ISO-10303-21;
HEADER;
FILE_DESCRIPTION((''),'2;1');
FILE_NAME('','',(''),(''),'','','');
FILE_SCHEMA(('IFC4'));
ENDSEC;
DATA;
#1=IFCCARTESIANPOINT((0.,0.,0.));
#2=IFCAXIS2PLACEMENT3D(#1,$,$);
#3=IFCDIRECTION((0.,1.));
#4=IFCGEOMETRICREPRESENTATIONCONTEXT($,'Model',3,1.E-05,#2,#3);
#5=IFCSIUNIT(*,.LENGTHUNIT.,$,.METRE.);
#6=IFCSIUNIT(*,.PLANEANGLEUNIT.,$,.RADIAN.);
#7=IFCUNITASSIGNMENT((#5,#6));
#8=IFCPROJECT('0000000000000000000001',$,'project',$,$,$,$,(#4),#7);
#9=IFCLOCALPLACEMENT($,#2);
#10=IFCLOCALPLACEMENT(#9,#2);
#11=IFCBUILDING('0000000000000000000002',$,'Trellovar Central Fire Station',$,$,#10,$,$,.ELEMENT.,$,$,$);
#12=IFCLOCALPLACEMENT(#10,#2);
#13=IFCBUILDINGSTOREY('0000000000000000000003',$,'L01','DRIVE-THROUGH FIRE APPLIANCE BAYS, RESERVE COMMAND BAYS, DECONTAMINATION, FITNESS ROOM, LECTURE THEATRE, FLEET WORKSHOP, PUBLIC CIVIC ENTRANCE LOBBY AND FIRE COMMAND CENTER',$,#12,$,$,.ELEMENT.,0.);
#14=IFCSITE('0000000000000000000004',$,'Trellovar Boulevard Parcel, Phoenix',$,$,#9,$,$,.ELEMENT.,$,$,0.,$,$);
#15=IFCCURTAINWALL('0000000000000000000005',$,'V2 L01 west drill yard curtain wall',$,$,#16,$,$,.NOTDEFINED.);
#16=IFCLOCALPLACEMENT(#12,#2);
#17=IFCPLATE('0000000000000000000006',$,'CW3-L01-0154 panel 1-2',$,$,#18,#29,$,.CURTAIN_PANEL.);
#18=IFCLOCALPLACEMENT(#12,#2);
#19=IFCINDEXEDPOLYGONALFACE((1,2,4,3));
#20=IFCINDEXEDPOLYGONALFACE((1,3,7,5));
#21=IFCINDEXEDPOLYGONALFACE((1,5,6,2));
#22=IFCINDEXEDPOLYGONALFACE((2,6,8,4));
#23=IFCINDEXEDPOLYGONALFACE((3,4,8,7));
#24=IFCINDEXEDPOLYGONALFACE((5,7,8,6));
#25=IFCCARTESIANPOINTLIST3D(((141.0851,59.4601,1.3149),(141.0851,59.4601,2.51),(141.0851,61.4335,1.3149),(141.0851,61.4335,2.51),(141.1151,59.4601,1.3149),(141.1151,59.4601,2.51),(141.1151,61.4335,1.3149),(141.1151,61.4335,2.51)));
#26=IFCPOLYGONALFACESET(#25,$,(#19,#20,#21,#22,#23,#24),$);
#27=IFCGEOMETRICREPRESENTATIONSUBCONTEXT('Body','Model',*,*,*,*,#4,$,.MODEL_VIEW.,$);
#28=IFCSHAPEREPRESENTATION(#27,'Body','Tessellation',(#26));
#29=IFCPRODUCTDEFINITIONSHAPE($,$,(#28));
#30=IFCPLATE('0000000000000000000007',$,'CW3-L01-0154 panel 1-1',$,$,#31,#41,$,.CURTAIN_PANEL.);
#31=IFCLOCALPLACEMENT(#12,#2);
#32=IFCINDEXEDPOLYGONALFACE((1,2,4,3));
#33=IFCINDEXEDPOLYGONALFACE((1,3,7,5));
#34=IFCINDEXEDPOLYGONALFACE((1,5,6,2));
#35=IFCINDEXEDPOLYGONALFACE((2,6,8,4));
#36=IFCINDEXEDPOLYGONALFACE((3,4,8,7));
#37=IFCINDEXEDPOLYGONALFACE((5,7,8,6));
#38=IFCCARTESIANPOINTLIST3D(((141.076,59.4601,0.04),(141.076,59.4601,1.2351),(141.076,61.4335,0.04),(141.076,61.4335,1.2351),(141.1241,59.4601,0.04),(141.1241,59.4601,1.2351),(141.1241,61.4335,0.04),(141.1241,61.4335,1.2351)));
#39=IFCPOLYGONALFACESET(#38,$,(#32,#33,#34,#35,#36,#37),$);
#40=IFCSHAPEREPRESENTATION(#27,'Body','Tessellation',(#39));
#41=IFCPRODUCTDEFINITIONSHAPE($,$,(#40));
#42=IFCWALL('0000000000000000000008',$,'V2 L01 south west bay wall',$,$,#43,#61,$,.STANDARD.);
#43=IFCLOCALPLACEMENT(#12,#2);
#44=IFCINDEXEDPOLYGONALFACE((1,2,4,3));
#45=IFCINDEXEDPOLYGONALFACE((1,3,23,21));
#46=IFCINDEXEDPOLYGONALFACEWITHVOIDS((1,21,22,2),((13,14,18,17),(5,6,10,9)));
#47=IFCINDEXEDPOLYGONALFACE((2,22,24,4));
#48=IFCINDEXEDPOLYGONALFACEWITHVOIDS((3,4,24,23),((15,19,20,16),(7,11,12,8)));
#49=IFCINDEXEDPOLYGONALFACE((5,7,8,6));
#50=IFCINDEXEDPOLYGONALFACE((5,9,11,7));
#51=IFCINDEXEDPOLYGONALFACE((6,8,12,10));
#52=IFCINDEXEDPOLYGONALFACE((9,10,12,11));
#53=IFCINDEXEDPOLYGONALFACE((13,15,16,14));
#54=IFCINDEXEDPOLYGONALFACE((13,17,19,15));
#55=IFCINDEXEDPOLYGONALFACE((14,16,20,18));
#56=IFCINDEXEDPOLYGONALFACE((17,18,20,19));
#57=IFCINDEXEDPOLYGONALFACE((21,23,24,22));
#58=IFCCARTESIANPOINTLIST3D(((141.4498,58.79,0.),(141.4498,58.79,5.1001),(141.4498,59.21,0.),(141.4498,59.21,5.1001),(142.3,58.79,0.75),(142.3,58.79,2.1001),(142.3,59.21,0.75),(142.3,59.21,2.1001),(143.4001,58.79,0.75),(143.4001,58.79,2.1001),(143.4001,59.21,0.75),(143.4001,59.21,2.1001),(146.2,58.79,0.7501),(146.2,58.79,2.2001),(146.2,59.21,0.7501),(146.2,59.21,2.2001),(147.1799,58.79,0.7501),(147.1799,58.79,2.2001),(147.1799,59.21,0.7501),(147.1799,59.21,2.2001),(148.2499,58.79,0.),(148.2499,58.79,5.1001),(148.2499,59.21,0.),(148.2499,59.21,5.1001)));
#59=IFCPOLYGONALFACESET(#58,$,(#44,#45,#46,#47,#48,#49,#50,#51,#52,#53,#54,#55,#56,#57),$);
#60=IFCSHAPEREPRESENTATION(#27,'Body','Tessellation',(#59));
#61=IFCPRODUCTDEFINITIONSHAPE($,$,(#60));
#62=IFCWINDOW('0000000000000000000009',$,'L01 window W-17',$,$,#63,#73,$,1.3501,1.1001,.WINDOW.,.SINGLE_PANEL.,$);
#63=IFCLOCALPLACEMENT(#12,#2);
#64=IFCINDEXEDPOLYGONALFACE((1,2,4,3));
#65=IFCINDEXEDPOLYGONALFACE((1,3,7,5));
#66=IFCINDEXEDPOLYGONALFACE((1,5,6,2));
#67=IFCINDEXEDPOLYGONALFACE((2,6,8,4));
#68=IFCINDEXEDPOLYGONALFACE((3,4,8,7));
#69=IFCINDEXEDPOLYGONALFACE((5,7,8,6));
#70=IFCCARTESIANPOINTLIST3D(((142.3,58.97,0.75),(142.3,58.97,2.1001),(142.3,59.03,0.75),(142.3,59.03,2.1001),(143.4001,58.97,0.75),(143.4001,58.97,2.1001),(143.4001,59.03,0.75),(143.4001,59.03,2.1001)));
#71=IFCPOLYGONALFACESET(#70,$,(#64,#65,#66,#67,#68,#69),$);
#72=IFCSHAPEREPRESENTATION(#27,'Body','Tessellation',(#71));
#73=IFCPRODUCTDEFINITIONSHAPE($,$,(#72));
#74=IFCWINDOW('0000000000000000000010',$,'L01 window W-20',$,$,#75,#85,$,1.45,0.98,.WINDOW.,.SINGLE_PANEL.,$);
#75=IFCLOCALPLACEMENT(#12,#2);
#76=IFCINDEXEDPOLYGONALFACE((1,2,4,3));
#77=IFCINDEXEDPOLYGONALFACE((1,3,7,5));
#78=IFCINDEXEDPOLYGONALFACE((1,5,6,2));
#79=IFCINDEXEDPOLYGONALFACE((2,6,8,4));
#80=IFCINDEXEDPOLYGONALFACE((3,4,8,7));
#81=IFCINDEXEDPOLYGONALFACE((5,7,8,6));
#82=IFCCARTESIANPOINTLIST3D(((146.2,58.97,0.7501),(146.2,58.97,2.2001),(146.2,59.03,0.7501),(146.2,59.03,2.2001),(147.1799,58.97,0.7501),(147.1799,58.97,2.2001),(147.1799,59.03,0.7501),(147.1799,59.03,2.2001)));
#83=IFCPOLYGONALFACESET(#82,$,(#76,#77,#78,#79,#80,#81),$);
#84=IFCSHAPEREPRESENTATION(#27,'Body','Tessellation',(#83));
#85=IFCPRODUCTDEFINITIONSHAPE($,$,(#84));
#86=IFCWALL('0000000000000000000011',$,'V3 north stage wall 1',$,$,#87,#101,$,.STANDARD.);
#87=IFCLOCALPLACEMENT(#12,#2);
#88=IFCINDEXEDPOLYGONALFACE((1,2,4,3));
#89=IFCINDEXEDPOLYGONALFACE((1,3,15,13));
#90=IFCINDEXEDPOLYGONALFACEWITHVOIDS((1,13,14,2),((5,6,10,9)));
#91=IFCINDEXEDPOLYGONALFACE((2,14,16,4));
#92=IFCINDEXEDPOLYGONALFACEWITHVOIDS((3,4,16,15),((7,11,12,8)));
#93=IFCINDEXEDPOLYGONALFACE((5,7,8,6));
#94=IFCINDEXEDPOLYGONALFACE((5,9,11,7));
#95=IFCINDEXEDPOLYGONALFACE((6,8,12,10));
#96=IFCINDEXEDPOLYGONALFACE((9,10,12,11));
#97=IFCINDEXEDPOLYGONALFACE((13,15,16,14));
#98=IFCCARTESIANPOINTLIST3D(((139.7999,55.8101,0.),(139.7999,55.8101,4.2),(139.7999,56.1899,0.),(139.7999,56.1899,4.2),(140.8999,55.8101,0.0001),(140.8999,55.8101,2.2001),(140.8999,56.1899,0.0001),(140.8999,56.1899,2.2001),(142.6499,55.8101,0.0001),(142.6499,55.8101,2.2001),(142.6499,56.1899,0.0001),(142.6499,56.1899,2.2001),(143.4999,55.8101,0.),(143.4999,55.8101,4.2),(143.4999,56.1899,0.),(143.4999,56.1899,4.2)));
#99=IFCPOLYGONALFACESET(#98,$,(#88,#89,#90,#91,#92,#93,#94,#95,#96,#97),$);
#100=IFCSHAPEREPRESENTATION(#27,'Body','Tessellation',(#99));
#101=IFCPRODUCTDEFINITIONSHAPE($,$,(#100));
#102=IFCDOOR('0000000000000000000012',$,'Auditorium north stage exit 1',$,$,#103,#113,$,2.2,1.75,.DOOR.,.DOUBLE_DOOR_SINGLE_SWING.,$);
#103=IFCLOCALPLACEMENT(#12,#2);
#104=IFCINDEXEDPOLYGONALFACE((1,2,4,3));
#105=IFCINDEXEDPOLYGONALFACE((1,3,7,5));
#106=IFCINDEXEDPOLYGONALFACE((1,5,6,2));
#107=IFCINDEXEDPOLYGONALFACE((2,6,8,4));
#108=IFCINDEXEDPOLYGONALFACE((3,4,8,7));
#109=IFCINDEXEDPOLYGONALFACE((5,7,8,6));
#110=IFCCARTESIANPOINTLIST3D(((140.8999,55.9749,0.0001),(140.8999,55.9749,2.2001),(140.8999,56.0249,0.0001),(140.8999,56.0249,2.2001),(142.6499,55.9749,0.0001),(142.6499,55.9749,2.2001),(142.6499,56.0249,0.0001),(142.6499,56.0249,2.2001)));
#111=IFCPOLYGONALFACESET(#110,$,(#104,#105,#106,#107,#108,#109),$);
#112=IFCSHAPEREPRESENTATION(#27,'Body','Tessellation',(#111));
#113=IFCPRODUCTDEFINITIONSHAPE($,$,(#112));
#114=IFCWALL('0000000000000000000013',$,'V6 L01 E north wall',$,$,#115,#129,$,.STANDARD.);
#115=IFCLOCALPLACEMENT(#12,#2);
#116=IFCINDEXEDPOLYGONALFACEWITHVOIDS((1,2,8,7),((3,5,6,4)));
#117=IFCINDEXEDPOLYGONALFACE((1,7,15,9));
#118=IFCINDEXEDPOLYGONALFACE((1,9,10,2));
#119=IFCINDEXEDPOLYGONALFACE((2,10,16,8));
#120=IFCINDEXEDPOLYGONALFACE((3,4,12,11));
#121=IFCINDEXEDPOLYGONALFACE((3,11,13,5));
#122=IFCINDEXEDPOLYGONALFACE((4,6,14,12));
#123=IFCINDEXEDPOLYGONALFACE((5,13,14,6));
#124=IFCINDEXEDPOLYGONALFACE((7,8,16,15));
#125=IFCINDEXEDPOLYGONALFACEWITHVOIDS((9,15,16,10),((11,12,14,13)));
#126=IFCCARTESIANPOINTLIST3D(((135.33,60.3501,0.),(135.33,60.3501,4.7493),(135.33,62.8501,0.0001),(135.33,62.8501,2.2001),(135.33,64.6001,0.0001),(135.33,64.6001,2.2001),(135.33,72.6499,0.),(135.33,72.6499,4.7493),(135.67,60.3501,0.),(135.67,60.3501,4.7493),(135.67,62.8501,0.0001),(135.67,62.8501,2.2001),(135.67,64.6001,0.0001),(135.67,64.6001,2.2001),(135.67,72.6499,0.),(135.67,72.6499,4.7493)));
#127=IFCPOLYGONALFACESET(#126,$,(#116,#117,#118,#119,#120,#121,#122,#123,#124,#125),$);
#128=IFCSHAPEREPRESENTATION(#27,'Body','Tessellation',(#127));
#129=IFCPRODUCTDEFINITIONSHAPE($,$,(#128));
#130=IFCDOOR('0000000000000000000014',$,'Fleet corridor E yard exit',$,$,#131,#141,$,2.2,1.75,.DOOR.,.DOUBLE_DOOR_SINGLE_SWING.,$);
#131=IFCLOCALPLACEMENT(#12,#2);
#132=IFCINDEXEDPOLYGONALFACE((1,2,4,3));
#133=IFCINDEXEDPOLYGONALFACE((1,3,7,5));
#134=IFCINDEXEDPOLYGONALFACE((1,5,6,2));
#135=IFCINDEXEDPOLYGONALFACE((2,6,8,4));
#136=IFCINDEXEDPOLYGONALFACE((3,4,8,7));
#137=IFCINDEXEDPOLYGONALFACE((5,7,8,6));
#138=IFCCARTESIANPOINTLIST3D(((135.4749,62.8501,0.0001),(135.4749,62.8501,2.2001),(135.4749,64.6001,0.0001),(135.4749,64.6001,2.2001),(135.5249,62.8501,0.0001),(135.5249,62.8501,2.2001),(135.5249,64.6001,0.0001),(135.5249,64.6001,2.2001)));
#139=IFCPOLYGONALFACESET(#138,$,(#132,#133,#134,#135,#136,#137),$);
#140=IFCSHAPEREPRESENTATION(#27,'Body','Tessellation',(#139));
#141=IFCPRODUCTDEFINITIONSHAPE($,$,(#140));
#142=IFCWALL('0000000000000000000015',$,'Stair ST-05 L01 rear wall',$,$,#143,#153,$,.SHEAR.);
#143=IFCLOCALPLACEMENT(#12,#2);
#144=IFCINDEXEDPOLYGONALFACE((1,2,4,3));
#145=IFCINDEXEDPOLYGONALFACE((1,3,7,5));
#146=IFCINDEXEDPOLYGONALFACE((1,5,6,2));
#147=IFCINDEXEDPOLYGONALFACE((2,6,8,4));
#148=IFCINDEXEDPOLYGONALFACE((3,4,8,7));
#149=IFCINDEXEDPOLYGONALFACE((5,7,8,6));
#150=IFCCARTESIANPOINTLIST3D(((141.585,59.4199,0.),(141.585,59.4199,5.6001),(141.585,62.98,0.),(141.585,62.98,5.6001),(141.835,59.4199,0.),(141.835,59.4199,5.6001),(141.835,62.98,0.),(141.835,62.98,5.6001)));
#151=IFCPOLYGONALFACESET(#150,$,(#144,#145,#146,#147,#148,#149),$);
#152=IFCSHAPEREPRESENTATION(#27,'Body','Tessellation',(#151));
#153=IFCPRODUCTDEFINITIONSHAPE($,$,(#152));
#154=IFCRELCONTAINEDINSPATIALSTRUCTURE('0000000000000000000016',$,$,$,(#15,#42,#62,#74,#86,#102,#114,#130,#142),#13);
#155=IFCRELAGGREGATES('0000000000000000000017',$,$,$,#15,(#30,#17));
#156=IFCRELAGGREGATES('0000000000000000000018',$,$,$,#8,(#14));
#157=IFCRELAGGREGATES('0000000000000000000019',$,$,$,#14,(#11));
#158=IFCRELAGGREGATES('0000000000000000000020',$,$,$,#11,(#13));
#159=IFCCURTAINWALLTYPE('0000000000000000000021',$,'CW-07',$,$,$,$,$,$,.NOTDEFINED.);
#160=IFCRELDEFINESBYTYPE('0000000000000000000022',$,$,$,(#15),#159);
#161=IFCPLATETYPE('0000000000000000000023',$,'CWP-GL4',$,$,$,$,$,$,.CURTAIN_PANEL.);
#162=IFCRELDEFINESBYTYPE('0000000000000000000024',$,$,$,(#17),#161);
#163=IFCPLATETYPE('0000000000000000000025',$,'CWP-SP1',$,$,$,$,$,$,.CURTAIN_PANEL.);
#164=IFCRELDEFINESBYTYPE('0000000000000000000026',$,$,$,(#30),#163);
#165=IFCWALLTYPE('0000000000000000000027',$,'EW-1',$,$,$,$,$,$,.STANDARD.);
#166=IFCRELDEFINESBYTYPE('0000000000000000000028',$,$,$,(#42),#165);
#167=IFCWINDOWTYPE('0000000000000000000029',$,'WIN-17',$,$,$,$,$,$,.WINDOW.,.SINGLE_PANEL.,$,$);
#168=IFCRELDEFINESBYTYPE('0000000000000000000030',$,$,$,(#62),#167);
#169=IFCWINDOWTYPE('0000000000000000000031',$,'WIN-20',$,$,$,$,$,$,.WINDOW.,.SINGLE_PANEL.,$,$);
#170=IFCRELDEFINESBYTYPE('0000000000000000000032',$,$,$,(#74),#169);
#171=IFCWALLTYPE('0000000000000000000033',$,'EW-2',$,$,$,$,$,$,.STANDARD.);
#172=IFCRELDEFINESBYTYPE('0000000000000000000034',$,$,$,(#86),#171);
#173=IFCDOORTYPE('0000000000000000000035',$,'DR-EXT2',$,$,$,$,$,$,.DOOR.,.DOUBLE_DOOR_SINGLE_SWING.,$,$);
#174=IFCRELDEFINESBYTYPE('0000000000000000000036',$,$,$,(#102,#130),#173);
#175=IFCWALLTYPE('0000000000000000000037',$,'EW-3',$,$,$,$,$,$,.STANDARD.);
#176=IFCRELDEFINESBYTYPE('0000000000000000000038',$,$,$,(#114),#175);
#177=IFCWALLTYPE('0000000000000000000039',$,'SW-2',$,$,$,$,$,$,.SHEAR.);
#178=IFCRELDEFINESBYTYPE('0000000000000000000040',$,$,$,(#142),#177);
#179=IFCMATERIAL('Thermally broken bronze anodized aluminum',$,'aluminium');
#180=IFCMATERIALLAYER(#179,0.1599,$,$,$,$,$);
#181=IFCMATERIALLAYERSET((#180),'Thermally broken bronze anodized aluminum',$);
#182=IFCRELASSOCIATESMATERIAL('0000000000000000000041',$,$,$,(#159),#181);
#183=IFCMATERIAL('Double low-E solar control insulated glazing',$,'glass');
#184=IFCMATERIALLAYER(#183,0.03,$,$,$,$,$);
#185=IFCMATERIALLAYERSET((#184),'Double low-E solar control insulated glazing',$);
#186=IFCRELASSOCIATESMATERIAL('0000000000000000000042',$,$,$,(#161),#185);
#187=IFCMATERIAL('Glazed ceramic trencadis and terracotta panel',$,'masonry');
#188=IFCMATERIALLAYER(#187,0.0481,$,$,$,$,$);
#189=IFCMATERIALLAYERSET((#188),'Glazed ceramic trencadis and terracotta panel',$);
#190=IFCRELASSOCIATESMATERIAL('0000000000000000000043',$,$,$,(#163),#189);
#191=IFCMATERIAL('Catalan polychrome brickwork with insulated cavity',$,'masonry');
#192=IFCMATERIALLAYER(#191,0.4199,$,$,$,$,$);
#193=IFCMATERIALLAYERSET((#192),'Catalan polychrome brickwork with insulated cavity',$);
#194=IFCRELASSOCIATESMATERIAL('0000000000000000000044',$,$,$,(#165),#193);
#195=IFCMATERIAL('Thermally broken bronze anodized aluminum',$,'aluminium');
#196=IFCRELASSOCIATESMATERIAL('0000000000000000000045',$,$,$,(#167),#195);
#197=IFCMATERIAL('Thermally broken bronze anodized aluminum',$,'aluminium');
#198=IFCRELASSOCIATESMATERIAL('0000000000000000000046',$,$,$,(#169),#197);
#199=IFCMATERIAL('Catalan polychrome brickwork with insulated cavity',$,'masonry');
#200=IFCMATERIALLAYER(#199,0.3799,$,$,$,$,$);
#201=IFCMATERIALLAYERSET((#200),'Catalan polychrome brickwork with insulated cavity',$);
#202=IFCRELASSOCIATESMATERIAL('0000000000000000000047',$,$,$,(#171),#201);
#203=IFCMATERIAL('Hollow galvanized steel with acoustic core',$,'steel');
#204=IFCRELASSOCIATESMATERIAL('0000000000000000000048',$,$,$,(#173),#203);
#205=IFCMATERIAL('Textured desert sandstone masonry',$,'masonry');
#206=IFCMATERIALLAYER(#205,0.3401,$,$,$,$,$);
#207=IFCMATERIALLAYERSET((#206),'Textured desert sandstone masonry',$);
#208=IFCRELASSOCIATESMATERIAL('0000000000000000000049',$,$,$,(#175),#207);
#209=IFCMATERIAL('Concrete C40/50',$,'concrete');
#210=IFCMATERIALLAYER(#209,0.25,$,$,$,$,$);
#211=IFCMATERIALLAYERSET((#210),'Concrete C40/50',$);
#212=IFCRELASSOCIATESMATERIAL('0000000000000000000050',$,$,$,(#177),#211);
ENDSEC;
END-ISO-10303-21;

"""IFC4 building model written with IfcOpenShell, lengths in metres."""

from ifc_helpers import new_model, si_unit, direction, frame, frame_2d, origin, origin_2d, place, context, subcontext, project, spatial, rectangle, extrude, material, layer, layer_set, type_object, element, fill, aggregate, save


model = new_model("IFC4")

# Units and contexts
model_context = context("Model", 3, precision=1e-05, world=origin(), true_north=direction((0.0, 1.0)))
body_context = subcontext(model_context, "Body", "Model", "MODEL_VIEW")
ifc_project = project(units=[si_unit("LENGTHUNIT", "METRE"), si_unit("PLANEANGLEUNIT", "RADIAN")], contexts=[model_context])

# Site, building, storey
site_placement = place(None, origin())
site = spatial("IfcSite", under=ifc_project, at=site_placement, Name="Trellovar Boulevard Parcel, Phoenix", CompositionType="ELEMENT", RefElevation=0.0)
building_placement = place(site_placement, origin())
building = spatial("IfcBuilding", under=site, at=building_placement, Name="Trellovar Central Fire Station", CompositionType="ELEMENT")
storey_placement = place(building_placement, origin())
storey = spatial("IfcBuildingStorey", under=building, at=storey_placement, Name="L01", Description="DRIVE-THROUGH FIRE APPLIANCE BAYS, RESERVE COMMAND BAYS, DECONTAMINATION, FITNESS ROOM, LECTURE THEATRE, FLEET WORKSHOP, PUBLIC CIVIC ENTRANCE LOBBY AND FIRE COMMAND CENTER", CompositionType="ELEMENT", Elevation=0.0)

# Curtain wall, plates
ifc_material_1 = material(Name="Thermally broken bronze anodized aluminum", Category="aluminium")
ifc_layer_1 = layer(ifc_material_1, 0.1599)
ifc_layer_set_1 = layer_set([ifc_layer_1], Name="Thermally broken bronze anodized aluminum")
curtain_wall_type = type_object("IfcCurtainWallType", Name="CW-07", PredefinedType="NOTDEFINED", material=ifc_layer_set_1)
curtain_wall_placement = place(storey_placement, origin())
curtain_wall = element("IfcCurtainWall", 1, at=curtain_wall_placement, inside=storey, type_object=curtain_wall_type, Name="V2 L01 west drill yard curtain wall", PredefinedType="NOTDEFINED")
ifc_material_2 = material(Name="Double low-E solar control insulated glazing", Category="glass")
ifc_layer_2 = layer(ifc_material_2, 0.03)
ifc_layer_set_2 = layer_set([ifc_layer_2], Name="Double low-E solar control insulated glazing")
plate_type_1 = type_object("IfcPlateType", Name="CWP-GL4", PredefinedType="CURTAIN_PANEL", material=ifc_layer_set_2)
plate_1_placement = place(storey_placement, frame((141.1001, 60.4468, 1.3149), z_axis=(0.0, 0.0, 1.0), x_axis=(0.0, 1.0, 0.0)))
plate_1 = element("IfcPlate", 2, at=plate_1_placement, type_object=plate_type_1, Name="CW3-L01-0154 panel 1-2", PredefinedType="CURTAIN_PANEL", context=body_context, shape_type="SweptSolid", body=[
    extrude(rectangle(XDim=1.9734, YDim=0.03, at=origin_2d()), origin(), (0.0, 0.0, 1.0), 1.1951),
])
ifc_material_3 = material(Name="Glazed ceramic trencadis and terracotta panel", Category="masonry")
ifc_layer_3 = layer(ifc_material_3, 0.0481)
ifc_layer_set_3 = layer_set([ifc_layer_3], Name="Glazed ceramic trencadis and terracotta panel")
plate_type_2 = type_object("IfcPlateType", Name="CWP-SP1", PredefinedType="CURTAIN_PANEL", material=ifc_layer_set_3)
plate_2_placement = place(storey_placement, frame((141.1001, 60.4468, 0.04), z_axis=(0.0, 0.0, 1.0), x_axis=(0.0, 1.0, 0.0)))
plate_2 = element("IfcPlate", 3, at=plate_2_placement, type_object=plate_type_2, Name="CW3-L01-0154 panel 1-1", PredefinedType="CURTAIN_PANEL", context=body_context, shape_type="SweptSolid", body=[
    extrude(rectangle(XDim=1.9734, YDim=0.0481, at=origin_2d()), origin(), (0.0, 0.0, 1.0), 1.1951),
])
aggregate(curtain_wall, [plate_2, plate_1])

# Wall, openings, windows
ifc_material_4 = material(Name="Catalan polychrome brickwork with insulated cavity", Category="masonry")
ifc_layer_4 = layer(ifc_material_4, 0.4199)
ifc_layer_set_4 = layer_set([ifc_layer_4], Name="Catalan polychrome brickwork with insulated cavity")
wall_type_1 = type_object("IfcWallType", Name="EW-1", PredefinedType="STANDARD", material=ifc_layer_set_4)
wall_1_placement = place(storey_placement, frame((141.45, 59.0, 0.0), z_axis=(0.0, 0.0, 1.0), x_axis=(1.0, 0.0, 0.0)))
wall_1 = element("IfcWall", 4, at=wall_1_placement, inside=storey, type_object=wall_type_1, Name="V2 L01 south west bay wall", PredefinedType="STANDARD", context=body_context, shape_type="SweptSolid", body=[
    extrude(rectangle(XDim=6.8, YDim=0.4199, at=frame_2d((3.3999, 0.0))), origin(), (0.0, 0.0, 1.0), 5.1001),
])
opening_1_placement = place(wall_1_placement, frame((0.8501, 0.0, 0.75)))
opening_1 = element("IfcOpeningElement", 5, at=opening_1_placement, cuts=wall_1, PredefinedType="OPENING", context=body_context, shape_type="SweptSolid", body=[
    extrude(rectangle(XDim=1.1001, YDim=1.3501, at=frame_2d((0.55, 0.675))), frame((0.0, 0.22, 0.0), z_axis=(0.0, -1.0, 0.0), x_axis=(1.0, 0.0, 0.0)), (0.0, 0.0, 1.0), 0.4399),
])
opening_2_placement = place(wall_1_placement, frame((4.75, 0.0, 0.75)))
opening_2 = element("IfcOpeningElement", 6, at=opening_2_placement, cuts=wall_1, PredefinedType="OPENING", context=body_context, shape_type="SweptSolid", body=[
    extrude(rectangle(XDim=0.98, YDim=1.45, at=frame_2d((0.49, 0.7251))), frame((0.0, 0.22, 0.0), z_axis=(0.0, -1.0, 0.0), x_axis=(1.0, 0.0, 0.0)), (0.0, 0.0, 1.0), 0.4399),
])
ifc_material_5 = material(Name="Thermally broken bronze anodized aluminum", Category="aluminium")
window_type_1 = type_object("IfcWindowType", Name="WIN-17", PartitioningType="SINGLE_PANEL", PredefinedType="WINDOW", material=ifc_material_5)
window_1_placement = place(opening_1_placement, origin())
window_1 = element("IfcWindow", 7, at=window_1_placement, inside=storey, type_object=window_type_1, Name="L01 window W-17", OverallHeight=1.3501, OverallWidth=1.1001, PartitioningType="SINGLE_PANEL", PredefinedType="WINDOW", context=body_context, shape_type="SweptSolid", body=[
    extrude(rectangle(XDim=1.1001, YDim=1.3501, at=frame_2d((0.55, 0.675))), frame((0.0, 0.03, 0.0), z_axis=(0.0, -1.0, 0.0), x_axis=(1.0, 0.0, 0.0)), (0.0, 0.0, 1.0), 0.0601),
])
fill(opening_1, window_1)
ifc_material_6 = material(Name="Thermally broken bronze anodized aluminum", Category="aluminium")
window_type_2 = type_object("IfcWindowType", Name="WIN-20", PartitioningType="SINGLE_PANEL", PredefinedType="WINDOW", material=ifc_material_6)
window_2_placement = place(opening_2_placement, origin())
window_2 = element("IfcWindow", 8, at=window_2_placement, inside=storey, type_object=window_type_2, Name="L01 window W-20", OverallHeight=1.45, OverallWidth=0.98, PartitioningType="SINGLE_PANEL", PredefinedType="WINDOW", context=body_context, shape_type="SweptSolid", body=[
    extrude(rectangle(XDim=0.98, YDim=1.45, at=frame_2d((0.49, 0.7251))), frame((0.0, 0.03, 0.0), z_axis=(0.0, -1.0, 0.0), x_axis=(1.0, 0.0, 0.0)), (0.0, 0.0, 1.0), 0.0601),
])
fill(opening_2, window_2)

# Walls, openings, doors
ifc_material_7 = material(Name="Catalan polychrome brickwork with insulated cavity", Category="masonry")
ifc_layer_5 = layer(ifc_material_7, 0.3799)
ifc_layer_set_5 = layer_set([ifc_layer_5], Name="Catalan polychrome brickwork with insulated cavity")
wall_type_2 = type_object("IfcWallType", Name="EW-2", PredefinedType="STANDARD", material=ifc_layer_set_5)
wall_2_placement = place(storey_placement, frame((143.5, 56.0, 0.0), z_axis=(0.0, 0.0, 1.0), x_axis=(-1.0, 0.0, 0.0)))
wall_2 = element("IfcWall", 9, at=wall_2_placement, inside=storey, type_object=wall_type_2, Name="V3 north stage wall 1", PredefinedType="STANDARD", context=body_context, shape_type="SweptSolid", body=[
    extrude(rectangle(XDim=3.7, YDim=0.3799, at=frame_2d((1.8501, 0.0))), origin(), (0.0, 0.0, 1.0), 4.2),
])
opening_3_placement = place(wall_2_placement, frame((0.8501, 0.0, 0.0)))
opening_3 = element("IfcOpeningElement", 10, at=opening_3_placement, cuts=wall_2, PredefinedType="OPENING", context=body_context, shape_type="SweptSolid", body=[
    extrude(rectangle(XDim=1.75, YDim=2.2, at=frame_2d((0.875, 1.1001))), frame((0.0, 0.2, 0.0), z_axis=(0.0, -1.0, 0.0), x_axis=(1.0, 0.0, 0.0)), (0.0, 0.0, 1.0), 0.3999),
])
ifc_material_8 = material(Name="Hollow galvanized steel with acoustic core", Category="steel")
door_type = type_object("IfcDoorType", Name="DR-EXT2", OperationType="DOUBLE_DOOR_SINGLE_SWING", PredefinedType="DOOR", material=ifc_material_8)
door_1_placement = place(opening_3_placement, frame((1.75, 0.0, 0.0), z_axis=(0.0, 0.0, 1.0), x_axis=(-1.0, 0.0, 0.0)))
door_1 = element("IfcDoor", 11, at=door_1_placement, inside=storey, type_object=door_type, Name="Auditorium north stage exit 1", OperationType="DOUBLE_DOOR_SINGLE_SWING", OverallHeight=2.2, OverallWidth=1.75, PredefinedType="DOOR", context=body_context, shape_type="SweptSolid", body=[
    extrude(rectangle(XDim=1.75, YDim=2.2, at=frame_2d((0.875, 1.1001))), frame((0.0, 0.0249, 0.0), z_axis=(0.0, -1.0, 0.0), x_axis=(1.0, 0.0, 0.0)), (0.0, 0.0, 1.0), 0.05),
])
fill(opening_3, door_1)
ifc_material_9 = material(Name="Textured desert sandstone masonry", Category="masonry")
ifc_layer_6 = layer(ifc_material_9, 0.3401)
ifc_layer_set_6 = layer_set([ifc_layer_6], Name="Textured desert sandstone masonry")
wall_type_3 = type_object("IfcWallType", Name="EW-3", PredefinedType="STANDARD", material=ifc_layer_set_6)
wall_3_placement = place(storey_placement, frame((135.5, 60.3501, 0.0), z_axis=(0.0, 0.0, 1.0), x_axis=(0.0, 1.0, 0.0)))
wall_3 = element("IfcWall", 12, at=wall_3_placement, inside=storey, type_object=wall_type_3, Name="V6 L01 E north wall", PredefinedType="STANDARD", context=body_context, shape_type="SweptSolid", body=[
    extrude(rectangle(XDim=12.2998, YDim=0.3401, at=frame_2d((6.1499, 0.0))), origin(), (0.0, 0.0, 1.0), 4.7493),
])
opening_4_placement = place(wall_3_placement, frame((2.5, 0.0, 0.0)))
opening_4 = element("IfcOpeningElement", 13, at=opening_4_placement, cuts=wall_3, PredefinedType="OPENING", context=body_context, shape_type="SweptSolid", body=[
    extrude(rectangle(XDim=1.75, YDim=2.2, at=frame_2d((0.875, 1.1001))), frame((0.0, 0.1799, 0.0), z_axis=(0.0, -1.0, 0.0), x_axis=(1.0, 0.0, 0.0)), (0.0, 0.0, 1.0), 0.3601),
])
door_2_placement = place(opening_4_placement, frame((1.75, 0.0, 0.0), z_axis=(0.0, 0.0, 1.0), x_axis=(-1.0, 0.0, 0.0)))
door_2 = element("IfcDoor", 14, at=door_2_placement, inside=storey, type_object=door_type, Name="Fleet corridor E yard exit", OperationType="DOUBLE_DOOR_SINGLE_SWING", OverallHeight=2.2, OverallWidth=1.75, PredefinedType="DOOR", context=body_context, shape_type="SweptSolid", body=[
    extrude(rectangle(XDim=1.75, YDim=2.2, at=frame_2d((0.875, 1.1001))), frame((0.0, 0.0249, 0.0), z_axis=(0.0, -1.0, 0.0), x_axis=(1.0, 0.0, 0.0)), (0.0, 0.0, 1.0), 0.05),
])
fill(opening_4, door_2)

# Wall
ifc_material_10 = material(Name="Concrete C40/50", Category="concrete")
ifc_layer_7 = layer(ifc_material_10, 0.25)
ifc_layer_set_7 = layer_set([ifc_layer_7], Name="Concrete C40/50")
wall_type_4 = type_object("IfcWallType", Name="SW-2", PredefinedType="SHEAR", material=ifc_layer_set_7)
wall_4_placement = place(storey_placement, frame((141.71, 59.4199, 0.0), z_axis=(0.0, 0.0, 1.0), x_axis=(0.0, 1.0, 0.0)))
element("IfcWall", 15, at=wall_4_placement, inside=storey, type_object=wall_type_4, Name="Stair ST-05 L01 rear wall", PredefinedType="SHEAR", context=body_context, shape_type="SweptSolid", body=[
    extrude(rectangle(XDim=3.5601, YDim=0.25, at=frame_2d((1.78, 0.0))), origin(), (0.0, 0.0, 1.0), 5.6001),
])

save(model, "model.ifc")
